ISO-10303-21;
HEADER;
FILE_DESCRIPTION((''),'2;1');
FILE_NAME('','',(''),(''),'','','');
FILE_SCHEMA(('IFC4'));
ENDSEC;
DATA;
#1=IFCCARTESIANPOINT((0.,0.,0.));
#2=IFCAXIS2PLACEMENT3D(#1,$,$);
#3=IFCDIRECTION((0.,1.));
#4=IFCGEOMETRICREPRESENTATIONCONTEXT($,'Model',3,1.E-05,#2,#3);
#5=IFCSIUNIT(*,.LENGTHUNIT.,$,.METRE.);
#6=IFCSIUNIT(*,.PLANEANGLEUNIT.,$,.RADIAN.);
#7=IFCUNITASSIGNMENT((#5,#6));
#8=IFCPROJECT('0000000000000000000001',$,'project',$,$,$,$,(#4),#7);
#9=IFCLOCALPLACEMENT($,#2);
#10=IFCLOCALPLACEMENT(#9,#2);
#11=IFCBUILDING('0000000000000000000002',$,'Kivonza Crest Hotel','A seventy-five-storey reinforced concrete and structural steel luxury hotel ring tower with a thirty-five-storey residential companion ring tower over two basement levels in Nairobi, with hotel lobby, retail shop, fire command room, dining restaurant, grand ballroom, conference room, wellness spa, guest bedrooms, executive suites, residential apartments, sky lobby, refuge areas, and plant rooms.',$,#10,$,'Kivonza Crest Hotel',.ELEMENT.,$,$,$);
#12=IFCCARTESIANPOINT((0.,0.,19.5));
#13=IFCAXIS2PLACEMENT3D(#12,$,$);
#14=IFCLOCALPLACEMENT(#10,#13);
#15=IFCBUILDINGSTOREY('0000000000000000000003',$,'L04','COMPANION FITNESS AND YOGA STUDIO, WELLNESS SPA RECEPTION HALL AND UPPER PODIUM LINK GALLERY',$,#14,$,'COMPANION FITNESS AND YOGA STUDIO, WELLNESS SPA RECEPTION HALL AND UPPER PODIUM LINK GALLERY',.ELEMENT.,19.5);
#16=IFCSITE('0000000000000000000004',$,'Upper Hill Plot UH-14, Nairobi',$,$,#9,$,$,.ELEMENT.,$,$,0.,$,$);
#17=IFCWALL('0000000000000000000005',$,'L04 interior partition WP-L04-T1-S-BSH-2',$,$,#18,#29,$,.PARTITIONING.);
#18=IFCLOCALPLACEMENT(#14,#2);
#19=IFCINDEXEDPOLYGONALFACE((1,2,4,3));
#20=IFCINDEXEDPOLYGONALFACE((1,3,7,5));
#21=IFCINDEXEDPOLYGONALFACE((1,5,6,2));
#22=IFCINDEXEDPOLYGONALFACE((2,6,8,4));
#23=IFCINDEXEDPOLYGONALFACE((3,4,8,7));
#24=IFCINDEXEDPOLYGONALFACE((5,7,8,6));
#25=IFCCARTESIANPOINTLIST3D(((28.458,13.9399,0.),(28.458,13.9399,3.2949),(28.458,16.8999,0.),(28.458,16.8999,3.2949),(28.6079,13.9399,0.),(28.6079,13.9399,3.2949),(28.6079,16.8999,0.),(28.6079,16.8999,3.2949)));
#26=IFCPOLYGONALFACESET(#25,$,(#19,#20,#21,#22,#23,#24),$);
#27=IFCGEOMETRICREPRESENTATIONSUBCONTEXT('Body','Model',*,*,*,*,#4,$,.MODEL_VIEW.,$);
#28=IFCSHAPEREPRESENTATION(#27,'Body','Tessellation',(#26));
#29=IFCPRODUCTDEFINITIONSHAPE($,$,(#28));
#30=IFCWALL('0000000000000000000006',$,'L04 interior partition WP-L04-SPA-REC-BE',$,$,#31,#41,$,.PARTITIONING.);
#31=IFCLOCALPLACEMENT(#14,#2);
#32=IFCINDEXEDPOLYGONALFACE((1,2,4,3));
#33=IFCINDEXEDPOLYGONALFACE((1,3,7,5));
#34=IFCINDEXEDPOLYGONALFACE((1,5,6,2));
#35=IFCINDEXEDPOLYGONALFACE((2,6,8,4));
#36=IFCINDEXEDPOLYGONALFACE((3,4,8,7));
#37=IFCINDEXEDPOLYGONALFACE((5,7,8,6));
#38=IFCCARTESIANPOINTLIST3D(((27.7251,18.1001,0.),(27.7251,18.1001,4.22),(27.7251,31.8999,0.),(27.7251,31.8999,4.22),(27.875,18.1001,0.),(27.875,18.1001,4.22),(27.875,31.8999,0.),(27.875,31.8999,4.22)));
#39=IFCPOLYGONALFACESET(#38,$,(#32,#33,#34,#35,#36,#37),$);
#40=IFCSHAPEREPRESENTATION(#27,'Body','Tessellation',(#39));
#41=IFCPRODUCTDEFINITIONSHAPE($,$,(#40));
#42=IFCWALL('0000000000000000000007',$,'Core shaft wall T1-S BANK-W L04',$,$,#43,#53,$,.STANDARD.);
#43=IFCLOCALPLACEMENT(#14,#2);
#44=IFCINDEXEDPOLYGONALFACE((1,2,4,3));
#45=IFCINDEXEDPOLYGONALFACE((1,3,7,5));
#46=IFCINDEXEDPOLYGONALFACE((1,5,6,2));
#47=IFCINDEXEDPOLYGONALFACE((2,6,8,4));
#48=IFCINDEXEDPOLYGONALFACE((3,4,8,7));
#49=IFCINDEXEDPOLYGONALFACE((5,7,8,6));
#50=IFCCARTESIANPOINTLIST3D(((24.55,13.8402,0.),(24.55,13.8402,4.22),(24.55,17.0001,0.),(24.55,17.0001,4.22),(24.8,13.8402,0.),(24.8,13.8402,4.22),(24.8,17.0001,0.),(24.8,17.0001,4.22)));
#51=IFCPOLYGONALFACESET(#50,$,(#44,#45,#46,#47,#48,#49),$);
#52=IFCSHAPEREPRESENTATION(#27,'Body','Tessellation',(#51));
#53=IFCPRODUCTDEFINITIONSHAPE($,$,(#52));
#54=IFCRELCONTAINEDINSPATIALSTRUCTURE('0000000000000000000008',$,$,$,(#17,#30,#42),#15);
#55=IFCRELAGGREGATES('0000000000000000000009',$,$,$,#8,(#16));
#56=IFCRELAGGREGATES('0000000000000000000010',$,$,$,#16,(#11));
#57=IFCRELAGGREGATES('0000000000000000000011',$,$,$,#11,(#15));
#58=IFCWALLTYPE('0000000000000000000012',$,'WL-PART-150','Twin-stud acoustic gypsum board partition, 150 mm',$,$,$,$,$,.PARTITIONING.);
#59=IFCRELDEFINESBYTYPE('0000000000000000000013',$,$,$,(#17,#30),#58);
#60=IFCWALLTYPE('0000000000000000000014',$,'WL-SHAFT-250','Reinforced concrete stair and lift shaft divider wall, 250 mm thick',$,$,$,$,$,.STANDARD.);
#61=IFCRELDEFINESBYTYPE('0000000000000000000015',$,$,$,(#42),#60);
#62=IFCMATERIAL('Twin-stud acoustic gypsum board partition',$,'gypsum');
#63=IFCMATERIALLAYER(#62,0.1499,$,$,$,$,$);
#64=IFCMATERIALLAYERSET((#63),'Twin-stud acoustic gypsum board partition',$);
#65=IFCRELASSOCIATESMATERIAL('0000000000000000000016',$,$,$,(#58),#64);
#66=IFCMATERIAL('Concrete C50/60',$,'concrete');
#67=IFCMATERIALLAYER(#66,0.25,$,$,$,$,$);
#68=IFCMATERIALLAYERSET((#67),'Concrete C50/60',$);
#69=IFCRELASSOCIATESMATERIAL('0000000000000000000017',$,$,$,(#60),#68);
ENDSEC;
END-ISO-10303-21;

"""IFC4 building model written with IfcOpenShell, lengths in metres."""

from ifc_helpers import new_model, si_unit, direction, frame, frame_2d, origin, place, context, subcontext, project, spatial, rectangle, extrude, material, layer, layer_set, type_object, element, save


model = new_model("IFC4")

# Units and contexts
model_context = context("Model", 3, precision=1e-05, world=origin(), true_north=direction((0.0, 1.0)))
body_context = subcontext(model_context, "Body", "Model", "MODEL_VIEW")
ifc_project = project(units=[si_unit("LENGTHUNIT", "METRE"), si_unit("PLANEANGLEUNIT", "RADIAN")], contexts=[model_context])

# Site, building, storey
site_placement = place(None, origin())
site = spatial("IfcSite", under=ifc_project, at=site_placement, Name="Upper Hill Plot UH-14, Nairobi", CompositionType="ELEMENT", RefElevation=0.0)
building_placement = place(site_placement, origin())
building = spatial("IfcBuilding", under=site, at=building_placement, Name="Kivonza Crest Hotel", Description="A seventy-five-storey reinforced concrete and structural steel luxury hotel ring tower with a thirty-five-storey residential companion ring tower over two basement levels in Nairobi, with hotel lobby, retail shop, fire command room, dining restaurant, grand ballroom, conference room, wellness spa, guest bedrooms, executive suites, residential apartments, sky lobby, refuge areas, and plant rooms.", LongName="Kivonza Crest Hotel", CompositionType="ELEMENT")
storey_placement = place(building_placement, frame((0.0, 0.0, 19.5)))
storey = spatial("IfcBuildingStorey", under=building, at=storey_placement, Name="L04", Description="COMPANION FITNESS AND YOGA STUDIO, WELLNESS SPA RECEPTION HALL AND UPPER PODIUM LINK GALLERY", LongName="COMPANION FITNESS AND YOGA STUDIO, WELLNESS SPA RECEPTION HALL AND UPPER PODIUM LINK GALLERY", CompositionType="ELEMENT", Elevation=19.5)

# Walls
ifc_material_1 = material(Name="Twin-stud acoustic gypsum board partition", Category="gypsum")
ifc_layer_1 = layer(ifc_material_1, 0.1499)
ifc_layer_set_1 = layer_set([ifc_layer_1], Name="Twin-stud acoustic gypsum board partition")
wall_type_1 = type_object("IfcWallType", Name="WL-PART-150", Description="Twin-stud acoustic gypsum board partition, 150 mm", PredefinedType="PARTITIONING", material=ifc_layer_set_1)
wall_1_placement = place(storey_placement, frame((28.533, 13.9399, 0.0), z_axis=(0.0, 0.0, 1.0), x_axis=(0.0, 1.0, 0.0)))
element("IfcWall", 1, at=wall_1_placement, inside=storey, type_object=wall_type_1, Name="L04 interior partition WP-L04-T1-S-BSH-2", PredefinedType="PARTITIONING", context=body_context, shape_type="SweptSolid", body=[
    extrude(rectangle(XDim=2.96, YDim=0.1499, at=frame_2d((1.48, 0.0))), origin(), (0.0, 0.0, 1.0), 3.2949),
])
wall_2_placement = place(storey_placement, frame((27.8, 18.1001, 0.0), z_axis=(0.0, 0.0, 1.0), x_axis=(0.0, 1.0, 0.0)))
element("IfcWall", 2, at=wall_2_placement, inside=storey, type_object=wall_type_1, Name="L04 interior partition WP-L04-SPA-REC-BE", PredefinedType="PARTITIONING", context=body_context, shape_type="SweptSolid", body=[
    extrude(rectangle(XDim=13.7998, YDim=0.1499, at=frame_2d((6.8999, 0.0))), origin(), (0.0, 0.0, 1.0), 4.22),
])
ifc_material_2 = material(Name="Concrete C50/60", Category="concrete")
ifc_layer_2 = layer(ifc_material_2, 0.25)
ifc_layer_set_2 = layer_set([ifc_layer_2], Name="Concrete C50/60")
wall_type_2 = type_object("IfcWallType", Name="WL-SHAFT-250", Description="Reinforced concrete stair and lift shaft divider wall, 250 mm thick", PredefinedType="STANDARD", material=ifc_layer_set_2)
wall_3_placement = place(storey_placement, frame((24.675, 13.8401, 0.0), z_axis=(0.0, 0.0, 1.0), x_axis=(0.0, 1.0, 0.0)))
element("IfcWall", 3, at=wall_3_placement, inside=storey, type_object=wall_type_2, Name="Core shaft wall T1-S BANK-W L04", PredefinedType="STANDARD", context=body_context, shape_type="SweptSolid", body=[
    extrude(rectangle(XDim=3.1599, YDim=0.25, at=frame_2d((1.5801, 0.0))), origin(), (0.0, 0.0, 1.0), 4.22),
])

save(model, "model.ifc")
